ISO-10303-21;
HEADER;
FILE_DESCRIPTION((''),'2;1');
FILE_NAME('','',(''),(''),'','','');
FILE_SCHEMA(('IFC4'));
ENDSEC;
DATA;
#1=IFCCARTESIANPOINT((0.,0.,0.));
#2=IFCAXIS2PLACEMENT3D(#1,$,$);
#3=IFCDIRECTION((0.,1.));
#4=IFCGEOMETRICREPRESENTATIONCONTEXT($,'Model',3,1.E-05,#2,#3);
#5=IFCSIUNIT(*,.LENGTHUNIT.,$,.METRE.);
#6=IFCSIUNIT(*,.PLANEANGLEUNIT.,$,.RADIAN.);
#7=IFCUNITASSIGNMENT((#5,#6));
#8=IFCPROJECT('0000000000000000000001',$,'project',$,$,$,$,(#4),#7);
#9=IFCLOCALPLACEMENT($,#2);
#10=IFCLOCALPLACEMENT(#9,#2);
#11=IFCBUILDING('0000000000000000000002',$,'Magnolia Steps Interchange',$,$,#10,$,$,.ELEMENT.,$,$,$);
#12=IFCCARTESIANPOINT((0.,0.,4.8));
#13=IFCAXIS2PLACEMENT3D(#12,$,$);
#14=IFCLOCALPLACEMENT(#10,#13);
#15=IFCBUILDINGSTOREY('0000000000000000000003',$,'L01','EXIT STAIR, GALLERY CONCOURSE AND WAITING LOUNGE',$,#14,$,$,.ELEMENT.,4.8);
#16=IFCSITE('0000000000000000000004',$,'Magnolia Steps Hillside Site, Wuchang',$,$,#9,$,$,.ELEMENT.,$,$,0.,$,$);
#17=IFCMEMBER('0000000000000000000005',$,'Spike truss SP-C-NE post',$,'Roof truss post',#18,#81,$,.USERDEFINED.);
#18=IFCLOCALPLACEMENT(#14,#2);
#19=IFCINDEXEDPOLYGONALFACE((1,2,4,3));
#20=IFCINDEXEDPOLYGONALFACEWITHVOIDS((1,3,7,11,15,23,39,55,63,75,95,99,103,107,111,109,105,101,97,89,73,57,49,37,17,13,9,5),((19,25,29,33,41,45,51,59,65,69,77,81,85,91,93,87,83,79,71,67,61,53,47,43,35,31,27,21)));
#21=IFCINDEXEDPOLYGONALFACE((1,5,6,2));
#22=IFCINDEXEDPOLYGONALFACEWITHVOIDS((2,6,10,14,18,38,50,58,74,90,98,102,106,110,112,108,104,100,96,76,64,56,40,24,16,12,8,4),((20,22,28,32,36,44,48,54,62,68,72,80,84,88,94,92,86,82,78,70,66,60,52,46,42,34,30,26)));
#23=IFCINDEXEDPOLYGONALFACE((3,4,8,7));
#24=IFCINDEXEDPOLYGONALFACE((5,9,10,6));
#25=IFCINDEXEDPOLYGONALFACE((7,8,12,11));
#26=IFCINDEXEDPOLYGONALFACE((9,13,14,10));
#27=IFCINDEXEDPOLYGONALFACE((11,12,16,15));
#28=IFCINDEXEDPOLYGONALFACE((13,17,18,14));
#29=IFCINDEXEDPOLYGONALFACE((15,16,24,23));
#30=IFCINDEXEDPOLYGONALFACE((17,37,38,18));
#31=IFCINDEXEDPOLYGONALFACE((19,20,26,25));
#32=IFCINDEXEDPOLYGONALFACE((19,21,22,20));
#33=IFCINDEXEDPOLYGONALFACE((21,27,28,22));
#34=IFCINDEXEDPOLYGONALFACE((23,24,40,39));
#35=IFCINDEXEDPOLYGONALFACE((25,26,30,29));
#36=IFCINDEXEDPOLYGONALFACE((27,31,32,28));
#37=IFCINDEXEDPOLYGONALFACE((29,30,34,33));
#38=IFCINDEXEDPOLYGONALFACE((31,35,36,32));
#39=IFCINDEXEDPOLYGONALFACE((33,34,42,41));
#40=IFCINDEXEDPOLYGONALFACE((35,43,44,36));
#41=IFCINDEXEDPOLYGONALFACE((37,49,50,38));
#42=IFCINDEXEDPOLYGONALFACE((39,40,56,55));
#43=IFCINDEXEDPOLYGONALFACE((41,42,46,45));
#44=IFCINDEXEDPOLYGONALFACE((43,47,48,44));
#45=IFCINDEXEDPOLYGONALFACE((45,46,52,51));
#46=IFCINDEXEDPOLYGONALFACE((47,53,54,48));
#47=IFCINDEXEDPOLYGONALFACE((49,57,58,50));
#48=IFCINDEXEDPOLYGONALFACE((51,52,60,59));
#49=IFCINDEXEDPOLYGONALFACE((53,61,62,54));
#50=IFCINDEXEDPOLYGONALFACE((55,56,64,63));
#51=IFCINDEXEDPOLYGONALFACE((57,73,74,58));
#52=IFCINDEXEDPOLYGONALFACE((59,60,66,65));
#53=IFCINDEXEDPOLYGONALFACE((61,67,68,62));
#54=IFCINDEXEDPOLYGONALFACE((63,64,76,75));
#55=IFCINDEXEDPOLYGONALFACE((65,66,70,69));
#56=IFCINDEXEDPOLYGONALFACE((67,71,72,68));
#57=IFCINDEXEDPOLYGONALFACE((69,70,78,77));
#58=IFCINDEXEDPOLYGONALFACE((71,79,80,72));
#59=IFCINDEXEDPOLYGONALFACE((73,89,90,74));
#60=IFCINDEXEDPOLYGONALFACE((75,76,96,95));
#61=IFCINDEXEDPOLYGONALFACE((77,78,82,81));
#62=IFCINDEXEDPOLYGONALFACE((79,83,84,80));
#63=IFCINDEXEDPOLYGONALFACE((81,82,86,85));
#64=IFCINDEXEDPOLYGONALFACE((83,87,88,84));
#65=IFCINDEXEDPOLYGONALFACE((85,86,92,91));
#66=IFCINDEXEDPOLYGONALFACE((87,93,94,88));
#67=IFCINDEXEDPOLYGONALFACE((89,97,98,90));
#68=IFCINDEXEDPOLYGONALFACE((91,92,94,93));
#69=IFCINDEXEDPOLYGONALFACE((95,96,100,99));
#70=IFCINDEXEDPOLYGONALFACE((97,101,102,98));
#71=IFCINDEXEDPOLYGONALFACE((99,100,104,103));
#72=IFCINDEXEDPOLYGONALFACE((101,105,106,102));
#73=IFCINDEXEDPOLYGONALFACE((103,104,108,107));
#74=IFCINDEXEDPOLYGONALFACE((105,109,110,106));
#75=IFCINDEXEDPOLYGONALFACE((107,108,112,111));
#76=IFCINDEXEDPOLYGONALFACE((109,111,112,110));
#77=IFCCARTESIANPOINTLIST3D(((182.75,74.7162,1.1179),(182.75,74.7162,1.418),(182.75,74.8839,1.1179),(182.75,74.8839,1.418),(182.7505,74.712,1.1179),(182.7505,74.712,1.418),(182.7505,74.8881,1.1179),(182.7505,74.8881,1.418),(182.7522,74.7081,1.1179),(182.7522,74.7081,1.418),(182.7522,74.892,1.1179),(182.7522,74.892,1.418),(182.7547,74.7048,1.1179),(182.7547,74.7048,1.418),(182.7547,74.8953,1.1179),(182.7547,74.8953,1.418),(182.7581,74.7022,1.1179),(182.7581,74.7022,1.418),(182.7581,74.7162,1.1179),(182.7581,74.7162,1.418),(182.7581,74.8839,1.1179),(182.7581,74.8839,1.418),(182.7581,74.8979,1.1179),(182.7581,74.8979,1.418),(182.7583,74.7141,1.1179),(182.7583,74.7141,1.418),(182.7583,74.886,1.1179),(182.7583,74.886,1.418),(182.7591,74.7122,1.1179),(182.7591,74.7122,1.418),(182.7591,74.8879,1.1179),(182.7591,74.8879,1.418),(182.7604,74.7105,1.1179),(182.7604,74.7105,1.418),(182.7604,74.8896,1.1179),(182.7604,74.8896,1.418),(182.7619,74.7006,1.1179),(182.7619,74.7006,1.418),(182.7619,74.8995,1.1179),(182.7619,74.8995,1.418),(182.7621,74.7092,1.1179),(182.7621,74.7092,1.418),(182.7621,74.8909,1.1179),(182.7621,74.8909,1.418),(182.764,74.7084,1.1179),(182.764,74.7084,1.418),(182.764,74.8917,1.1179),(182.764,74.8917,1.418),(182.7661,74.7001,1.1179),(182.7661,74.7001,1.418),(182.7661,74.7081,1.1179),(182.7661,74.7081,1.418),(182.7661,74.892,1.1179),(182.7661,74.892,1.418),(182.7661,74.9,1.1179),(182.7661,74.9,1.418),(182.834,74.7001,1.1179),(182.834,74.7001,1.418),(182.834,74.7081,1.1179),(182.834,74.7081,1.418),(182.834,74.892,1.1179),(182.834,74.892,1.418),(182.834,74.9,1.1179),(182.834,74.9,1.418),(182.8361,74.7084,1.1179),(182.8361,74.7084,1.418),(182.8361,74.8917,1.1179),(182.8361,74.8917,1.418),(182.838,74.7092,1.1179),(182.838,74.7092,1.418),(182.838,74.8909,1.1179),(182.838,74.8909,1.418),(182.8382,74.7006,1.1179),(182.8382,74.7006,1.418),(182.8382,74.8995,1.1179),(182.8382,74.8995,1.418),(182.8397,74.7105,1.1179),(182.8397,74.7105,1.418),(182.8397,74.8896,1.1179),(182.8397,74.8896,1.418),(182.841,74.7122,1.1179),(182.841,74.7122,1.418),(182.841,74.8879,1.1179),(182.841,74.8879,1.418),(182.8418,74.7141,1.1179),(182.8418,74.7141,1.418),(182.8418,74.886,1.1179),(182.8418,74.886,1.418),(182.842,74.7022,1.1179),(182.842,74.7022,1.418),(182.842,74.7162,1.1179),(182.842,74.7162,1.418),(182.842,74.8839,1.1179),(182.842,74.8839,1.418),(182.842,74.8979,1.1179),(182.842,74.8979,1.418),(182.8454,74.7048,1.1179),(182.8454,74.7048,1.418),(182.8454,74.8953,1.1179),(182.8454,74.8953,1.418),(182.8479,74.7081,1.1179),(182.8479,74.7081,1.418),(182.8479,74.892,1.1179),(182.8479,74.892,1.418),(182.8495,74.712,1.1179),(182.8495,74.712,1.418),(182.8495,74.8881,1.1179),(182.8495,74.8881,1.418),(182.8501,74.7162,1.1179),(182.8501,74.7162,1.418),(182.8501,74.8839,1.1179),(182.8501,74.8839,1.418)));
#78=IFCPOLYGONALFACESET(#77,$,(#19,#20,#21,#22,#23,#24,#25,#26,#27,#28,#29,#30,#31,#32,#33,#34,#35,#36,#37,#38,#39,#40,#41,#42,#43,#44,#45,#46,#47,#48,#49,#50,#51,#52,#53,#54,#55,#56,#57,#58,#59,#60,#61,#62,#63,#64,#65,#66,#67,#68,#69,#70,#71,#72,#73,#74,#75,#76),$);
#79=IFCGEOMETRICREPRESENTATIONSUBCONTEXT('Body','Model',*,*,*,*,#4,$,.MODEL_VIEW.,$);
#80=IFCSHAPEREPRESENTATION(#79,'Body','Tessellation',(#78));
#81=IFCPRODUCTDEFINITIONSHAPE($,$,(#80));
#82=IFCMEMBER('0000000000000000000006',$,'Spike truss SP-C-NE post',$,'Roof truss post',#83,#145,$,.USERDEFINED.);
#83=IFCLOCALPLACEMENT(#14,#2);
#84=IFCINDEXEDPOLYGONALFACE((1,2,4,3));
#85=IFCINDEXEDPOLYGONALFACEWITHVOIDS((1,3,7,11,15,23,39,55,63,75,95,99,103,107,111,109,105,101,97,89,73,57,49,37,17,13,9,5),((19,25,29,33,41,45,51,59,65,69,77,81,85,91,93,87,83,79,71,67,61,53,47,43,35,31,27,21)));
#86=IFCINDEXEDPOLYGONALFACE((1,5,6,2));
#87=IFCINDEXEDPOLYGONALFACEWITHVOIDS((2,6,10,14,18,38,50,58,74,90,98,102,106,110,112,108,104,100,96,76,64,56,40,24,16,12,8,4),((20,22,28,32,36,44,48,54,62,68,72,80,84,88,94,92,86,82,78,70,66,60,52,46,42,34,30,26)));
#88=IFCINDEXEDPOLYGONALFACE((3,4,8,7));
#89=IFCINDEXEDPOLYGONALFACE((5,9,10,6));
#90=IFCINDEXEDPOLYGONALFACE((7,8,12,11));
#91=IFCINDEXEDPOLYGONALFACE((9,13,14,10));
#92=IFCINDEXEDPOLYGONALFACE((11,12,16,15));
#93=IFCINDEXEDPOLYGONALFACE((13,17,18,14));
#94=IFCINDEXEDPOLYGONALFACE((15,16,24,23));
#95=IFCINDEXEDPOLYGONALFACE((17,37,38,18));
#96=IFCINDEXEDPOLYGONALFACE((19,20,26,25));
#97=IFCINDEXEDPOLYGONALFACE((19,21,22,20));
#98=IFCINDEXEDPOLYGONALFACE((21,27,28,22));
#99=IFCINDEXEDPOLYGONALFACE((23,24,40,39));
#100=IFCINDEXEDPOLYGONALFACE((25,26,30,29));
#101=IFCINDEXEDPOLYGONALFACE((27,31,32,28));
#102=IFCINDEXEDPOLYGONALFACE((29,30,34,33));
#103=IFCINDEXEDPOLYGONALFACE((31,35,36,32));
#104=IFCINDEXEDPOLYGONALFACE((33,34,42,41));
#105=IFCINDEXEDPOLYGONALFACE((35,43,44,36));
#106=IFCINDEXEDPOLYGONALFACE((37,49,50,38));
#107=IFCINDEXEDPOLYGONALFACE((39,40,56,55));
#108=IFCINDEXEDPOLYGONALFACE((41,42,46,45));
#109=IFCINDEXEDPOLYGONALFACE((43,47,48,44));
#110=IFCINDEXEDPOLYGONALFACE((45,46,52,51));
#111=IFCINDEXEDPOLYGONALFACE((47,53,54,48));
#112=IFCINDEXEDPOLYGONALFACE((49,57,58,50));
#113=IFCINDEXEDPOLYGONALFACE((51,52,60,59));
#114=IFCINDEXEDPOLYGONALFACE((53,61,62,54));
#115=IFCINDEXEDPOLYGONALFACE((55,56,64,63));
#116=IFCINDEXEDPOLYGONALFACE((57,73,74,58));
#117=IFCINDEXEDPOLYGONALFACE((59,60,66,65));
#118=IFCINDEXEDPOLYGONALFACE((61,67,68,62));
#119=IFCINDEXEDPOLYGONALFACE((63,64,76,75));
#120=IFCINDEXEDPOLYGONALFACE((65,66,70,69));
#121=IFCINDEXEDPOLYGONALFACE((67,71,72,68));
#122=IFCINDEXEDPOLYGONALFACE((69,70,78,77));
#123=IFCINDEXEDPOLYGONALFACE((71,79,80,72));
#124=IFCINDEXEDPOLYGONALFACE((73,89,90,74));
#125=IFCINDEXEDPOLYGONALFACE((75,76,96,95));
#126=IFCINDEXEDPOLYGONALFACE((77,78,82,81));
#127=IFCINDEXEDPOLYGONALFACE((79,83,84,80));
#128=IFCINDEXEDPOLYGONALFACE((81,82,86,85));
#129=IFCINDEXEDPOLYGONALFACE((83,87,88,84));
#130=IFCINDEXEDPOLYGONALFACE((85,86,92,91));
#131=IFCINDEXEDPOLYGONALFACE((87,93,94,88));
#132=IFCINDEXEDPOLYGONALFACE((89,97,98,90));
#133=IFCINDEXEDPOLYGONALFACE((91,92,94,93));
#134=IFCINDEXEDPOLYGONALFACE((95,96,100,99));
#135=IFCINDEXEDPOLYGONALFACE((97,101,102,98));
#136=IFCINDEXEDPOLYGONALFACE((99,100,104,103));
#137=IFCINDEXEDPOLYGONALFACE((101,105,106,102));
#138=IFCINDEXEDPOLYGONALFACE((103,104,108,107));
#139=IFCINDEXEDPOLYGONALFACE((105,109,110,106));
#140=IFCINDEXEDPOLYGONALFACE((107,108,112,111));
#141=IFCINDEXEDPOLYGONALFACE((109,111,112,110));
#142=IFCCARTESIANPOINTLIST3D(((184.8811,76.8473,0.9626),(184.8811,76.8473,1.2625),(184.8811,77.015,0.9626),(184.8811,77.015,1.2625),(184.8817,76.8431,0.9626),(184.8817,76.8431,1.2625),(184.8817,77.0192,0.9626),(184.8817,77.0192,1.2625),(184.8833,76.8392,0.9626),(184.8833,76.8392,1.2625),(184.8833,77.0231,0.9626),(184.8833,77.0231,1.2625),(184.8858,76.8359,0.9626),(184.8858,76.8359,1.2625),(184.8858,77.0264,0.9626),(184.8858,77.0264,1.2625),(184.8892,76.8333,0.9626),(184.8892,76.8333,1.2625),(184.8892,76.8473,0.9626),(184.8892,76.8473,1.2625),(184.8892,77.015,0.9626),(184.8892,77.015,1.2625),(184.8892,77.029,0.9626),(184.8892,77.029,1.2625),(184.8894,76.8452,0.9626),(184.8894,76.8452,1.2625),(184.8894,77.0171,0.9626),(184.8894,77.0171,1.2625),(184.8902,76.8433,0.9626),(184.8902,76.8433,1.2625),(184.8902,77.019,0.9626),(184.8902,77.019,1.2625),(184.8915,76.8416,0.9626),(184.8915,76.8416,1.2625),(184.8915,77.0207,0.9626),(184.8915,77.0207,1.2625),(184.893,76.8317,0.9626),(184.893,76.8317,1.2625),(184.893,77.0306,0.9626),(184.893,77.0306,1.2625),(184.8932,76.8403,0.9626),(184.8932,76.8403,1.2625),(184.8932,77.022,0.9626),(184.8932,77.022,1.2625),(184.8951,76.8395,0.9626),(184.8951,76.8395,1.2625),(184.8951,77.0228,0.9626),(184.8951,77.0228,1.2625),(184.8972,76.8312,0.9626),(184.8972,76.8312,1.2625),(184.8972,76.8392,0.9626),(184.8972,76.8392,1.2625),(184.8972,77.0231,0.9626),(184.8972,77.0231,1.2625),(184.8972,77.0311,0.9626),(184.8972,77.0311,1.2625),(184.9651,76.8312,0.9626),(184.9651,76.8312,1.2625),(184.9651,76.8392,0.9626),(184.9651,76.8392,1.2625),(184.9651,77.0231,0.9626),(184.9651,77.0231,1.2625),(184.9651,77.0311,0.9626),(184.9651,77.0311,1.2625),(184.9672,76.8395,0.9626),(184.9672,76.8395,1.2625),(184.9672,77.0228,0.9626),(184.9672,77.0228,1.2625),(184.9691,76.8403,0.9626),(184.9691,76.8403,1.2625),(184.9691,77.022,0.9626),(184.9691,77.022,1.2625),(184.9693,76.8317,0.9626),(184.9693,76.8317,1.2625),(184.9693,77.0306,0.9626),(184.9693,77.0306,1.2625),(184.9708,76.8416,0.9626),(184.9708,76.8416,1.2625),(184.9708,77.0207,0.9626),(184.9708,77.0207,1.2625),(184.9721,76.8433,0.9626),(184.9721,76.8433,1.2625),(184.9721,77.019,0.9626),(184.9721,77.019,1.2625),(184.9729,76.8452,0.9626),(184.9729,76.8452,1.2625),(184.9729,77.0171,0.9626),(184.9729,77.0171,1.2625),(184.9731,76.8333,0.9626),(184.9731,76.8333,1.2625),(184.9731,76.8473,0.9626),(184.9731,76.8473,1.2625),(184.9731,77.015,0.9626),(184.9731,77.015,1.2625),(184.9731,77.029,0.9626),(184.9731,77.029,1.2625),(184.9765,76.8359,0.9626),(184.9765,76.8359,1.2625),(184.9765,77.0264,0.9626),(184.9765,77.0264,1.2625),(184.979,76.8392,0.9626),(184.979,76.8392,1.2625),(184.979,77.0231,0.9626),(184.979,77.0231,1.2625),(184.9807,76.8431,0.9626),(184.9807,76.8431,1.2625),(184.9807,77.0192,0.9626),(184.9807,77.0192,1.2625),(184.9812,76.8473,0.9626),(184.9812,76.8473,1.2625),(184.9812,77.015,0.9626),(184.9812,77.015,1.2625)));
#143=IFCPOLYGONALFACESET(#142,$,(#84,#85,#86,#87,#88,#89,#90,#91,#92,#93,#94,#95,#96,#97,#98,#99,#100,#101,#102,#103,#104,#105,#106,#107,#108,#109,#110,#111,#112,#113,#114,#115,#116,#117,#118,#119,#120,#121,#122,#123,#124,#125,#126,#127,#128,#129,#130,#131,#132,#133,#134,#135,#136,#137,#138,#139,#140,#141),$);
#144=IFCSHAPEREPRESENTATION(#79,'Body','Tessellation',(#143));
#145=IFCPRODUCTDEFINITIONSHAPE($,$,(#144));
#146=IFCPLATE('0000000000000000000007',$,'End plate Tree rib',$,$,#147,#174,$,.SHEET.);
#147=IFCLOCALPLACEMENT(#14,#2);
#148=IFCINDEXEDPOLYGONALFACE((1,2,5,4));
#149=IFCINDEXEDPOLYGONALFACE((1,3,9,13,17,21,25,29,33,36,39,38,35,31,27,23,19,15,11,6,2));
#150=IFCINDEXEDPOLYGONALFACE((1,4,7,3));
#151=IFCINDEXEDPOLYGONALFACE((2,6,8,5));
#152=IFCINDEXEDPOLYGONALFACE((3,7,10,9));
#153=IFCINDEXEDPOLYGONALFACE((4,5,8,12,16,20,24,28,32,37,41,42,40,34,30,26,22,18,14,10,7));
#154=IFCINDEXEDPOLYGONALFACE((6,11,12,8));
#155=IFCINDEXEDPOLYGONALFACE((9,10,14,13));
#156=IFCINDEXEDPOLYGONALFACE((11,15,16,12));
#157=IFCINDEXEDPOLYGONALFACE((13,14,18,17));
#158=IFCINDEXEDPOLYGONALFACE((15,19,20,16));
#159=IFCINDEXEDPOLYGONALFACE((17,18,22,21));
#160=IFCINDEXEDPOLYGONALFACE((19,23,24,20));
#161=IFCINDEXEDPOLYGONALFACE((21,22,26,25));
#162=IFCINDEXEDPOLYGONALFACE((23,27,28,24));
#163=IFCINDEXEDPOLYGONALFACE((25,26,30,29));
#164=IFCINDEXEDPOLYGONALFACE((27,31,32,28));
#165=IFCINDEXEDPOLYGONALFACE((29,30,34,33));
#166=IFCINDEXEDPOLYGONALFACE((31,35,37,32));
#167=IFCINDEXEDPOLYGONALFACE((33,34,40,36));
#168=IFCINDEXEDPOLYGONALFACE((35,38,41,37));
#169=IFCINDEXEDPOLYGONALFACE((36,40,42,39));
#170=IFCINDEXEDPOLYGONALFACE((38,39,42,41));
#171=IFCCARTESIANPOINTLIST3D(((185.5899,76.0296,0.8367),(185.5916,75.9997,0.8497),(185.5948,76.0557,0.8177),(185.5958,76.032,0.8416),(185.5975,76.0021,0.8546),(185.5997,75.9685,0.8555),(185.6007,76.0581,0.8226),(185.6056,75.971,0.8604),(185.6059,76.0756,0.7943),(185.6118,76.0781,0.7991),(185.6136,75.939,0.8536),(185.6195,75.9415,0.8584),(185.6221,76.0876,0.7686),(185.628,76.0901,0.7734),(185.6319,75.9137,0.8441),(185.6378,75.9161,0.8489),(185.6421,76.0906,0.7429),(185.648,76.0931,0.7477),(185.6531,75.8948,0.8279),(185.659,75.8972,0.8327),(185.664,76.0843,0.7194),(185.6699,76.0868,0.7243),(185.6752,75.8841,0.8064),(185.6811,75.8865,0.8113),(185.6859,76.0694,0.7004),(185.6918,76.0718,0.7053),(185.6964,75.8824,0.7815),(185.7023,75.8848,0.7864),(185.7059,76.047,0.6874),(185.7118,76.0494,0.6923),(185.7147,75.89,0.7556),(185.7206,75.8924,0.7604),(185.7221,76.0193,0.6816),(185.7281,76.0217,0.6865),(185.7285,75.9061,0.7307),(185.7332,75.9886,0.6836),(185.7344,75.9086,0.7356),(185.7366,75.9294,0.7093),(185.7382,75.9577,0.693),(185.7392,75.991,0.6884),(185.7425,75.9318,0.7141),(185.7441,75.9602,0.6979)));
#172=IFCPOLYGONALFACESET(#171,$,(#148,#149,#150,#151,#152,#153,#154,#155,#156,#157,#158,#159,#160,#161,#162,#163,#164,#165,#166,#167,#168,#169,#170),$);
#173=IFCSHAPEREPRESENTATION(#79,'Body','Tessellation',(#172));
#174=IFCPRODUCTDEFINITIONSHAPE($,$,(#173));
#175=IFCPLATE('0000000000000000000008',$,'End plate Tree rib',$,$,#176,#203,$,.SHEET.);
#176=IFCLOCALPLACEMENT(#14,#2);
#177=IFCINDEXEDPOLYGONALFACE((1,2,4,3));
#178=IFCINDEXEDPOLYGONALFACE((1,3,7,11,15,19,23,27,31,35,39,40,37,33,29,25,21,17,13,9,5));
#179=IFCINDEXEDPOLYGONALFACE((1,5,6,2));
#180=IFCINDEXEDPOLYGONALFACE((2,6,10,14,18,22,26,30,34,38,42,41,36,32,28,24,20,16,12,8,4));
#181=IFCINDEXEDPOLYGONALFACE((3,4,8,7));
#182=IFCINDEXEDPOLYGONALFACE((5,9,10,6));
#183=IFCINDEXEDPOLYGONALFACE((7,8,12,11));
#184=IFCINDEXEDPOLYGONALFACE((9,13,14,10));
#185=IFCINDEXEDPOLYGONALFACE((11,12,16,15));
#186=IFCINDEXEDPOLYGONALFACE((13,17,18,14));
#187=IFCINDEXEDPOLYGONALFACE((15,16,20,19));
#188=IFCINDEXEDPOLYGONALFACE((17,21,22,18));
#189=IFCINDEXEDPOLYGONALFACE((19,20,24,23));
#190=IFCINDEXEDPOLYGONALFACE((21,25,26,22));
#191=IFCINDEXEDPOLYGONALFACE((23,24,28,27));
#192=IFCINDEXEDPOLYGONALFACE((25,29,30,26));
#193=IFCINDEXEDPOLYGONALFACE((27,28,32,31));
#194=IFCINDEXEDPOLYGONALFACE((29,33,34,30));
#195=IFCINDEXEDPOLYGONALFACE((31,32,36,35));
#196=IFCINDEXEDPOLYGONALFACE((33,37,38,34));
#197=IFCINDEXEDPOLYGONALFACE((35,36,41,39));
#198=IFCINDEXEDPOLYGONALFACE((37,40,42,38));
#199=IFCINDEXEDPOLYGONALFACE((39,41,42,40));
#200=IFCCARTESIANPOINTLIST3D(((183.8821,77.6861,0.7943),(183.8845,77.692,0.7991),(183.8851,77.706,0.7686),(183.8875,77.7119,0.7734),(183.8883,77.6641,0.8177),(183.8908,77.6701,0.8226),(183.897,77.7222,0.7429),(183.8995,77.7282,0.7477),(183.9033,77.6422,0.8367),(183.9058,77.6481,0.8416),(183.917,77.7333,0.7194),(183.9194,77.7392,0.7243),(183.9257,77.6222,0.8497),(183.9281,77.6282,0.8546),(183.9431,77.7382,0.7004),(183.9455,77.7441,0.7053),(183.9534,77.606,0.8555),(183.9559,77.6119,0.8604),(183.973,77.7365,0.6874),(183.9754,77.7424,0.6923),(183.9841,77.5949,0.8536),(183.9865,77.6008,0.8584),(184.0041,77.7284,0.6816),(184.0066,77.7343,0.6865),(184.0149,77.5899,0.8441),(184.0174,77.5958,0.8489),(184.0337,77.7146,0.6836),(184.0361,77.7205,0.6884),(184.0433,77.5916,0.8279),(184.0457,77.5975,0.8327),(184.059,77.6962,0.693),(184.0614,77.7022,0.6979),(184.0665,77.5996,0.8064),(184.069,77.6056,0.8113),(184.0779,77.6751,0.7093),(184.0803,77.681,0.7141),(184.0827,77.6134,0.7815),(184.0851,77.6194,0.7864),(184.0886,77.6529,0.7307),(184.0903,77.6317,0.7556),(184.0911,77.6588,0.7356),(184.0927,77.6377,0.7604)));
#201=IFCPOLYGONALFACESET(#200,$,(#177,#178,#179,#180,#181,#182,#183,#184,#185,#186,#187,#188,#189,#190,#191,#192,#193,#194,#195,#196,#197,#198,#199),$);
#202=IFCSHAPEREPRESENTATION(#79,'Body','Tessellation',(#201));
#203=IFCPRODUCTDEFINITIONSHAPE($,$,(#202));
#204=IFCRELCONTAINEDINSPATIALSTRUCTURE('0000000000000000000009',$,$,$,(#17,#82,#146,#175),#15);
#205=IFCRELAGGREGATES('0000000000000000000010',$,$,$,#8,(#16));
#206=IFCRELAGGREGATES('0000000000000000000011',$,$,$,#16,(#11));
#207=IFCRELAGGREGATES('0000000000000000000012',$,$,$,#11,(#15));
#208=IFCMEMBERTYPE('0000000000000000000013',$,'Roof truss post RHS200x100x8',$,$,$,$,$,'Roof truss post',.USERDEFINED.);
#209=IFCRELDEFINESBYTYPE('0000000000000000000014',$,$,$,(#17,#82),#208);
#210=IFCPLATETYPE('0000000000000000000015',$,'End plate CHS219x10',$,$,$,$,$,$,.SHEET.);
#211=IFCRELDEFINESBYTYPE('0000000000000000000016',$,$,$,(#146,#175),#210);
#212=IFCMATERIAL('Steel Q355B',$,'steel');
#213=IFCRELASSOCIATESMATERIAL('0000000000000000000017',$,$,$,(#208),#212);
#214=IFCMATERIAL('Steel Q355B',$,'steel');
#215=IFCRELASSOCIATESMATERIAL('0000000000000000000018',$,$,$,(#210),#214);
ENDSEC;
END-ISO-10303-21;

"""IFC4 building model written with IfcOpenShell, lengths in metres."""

from ifc_helpers import new_model, si_unit, direction, frame, origin, origin_2d, place, context, subcontext, project, spatial, hollow_rectangle, circle, extrude, material, material_profile, profile_set, type_object, element, save


model = new_model("IFC4")

# Units and contexts
model_context = context("Model", 3, precision=1e-05, world=origin(), true_north=direction((0.0, 1.0)))
body_context = subcontext(model_context, "Body", "Model", "MODEL_VIEW")
ifc_project = project(units=[si_unit("LENGTHUNIT", "METRE"), si_unit("PLANEANGLEUNIT", "RADIAN")], contexts=[model_context])

# Site, building, storey
site_placement = place(None, origin())
site = spatial("IfcSite", under=ifc_project, at=site_placement, Name="Magnolia Steps Hillside Site, Wuchang", CompositionType="ELEMENT", RefElevation=0.0)
building_placement = place(site_placement, origin())
building = spatial("IfcBuilding", under=site, at=building_placement, Name="Magnolia Steps Interchange", CompositionType="ELEMENT")
storey_placement = place(building_placement, frame((0.0, 0.0, 4.8)))
storey = spatial("IfcBuildingStorey", under=building, at=storey_placement, Name="L01", Description="EXIT STAIR, GALLERY CONCOURSE AND WAITING LOUNGE", CompositionType="ELEMENT", Elevation=4.8)

# Members
ifc_material_1 = material(Name="Steel Q355B", Category="steel")
ifc_material_profile_1 = material_profile(ifc_material_1, hollow_rectangle(XDim=0.1001, YDim=0.2, WallThickness=0.0081, InnerFilletRadius=0.0081, OuterFilletRadius=0.0161, at=origin_2d()), Name="RHS200x100x8")
ifc_profile_set_1 = profile_set([ifc_material_profile_1], Name="Steel Q355B")
member_type_1 = type_object("IfcMemberType", Name="Roof truss post RHS200x100x8", ElementType="Roof truss post", PredefinedType="USERDEFINED", material=ifc_profile_set_1)
member_1_placement = place(storey_placement, frame((182.8, 74.8, 1.1179), z_axis=(0.0, 0.0, 1.0), x_axis=(1.0, 0.0, 0.0)))
element("IfcMember", 1, at=member_1_placement, inside=storey, type_object=member_type_1, Name="Spike truss SP-C-NE post", ObjectType="Roof truss post", PredefinedType="USERDEFINED", context=body_context, shape_type="SweptSolid", body=[
    extrude(hollow_rectangle(XDim=0.1001, YDim=0.2, WallThickness=0.0081, InnerFilletRadius=0.0081, OuterFilletRadius=0.0161, at=origin_2d()), origin(), (0.0, 0.0, 1.0), 0.3),
])
member_2_placement = place(storey_placement, frame((184.9312, 76.9312, 0.9626), z_axis=(0.0, 0.0, 1.0), x_axis=(1.0, 0.0, 0.0)))
element("IfcMember", 2, at=member_2_placement, inside=storey, type_object=member_type_1, Name="Spike truss SP-C-NE post", ObjectType="Roof truss post", PredefinedType="USERDEFINED", context=body_context, shape_type="SweptSolid", body=[
    extrude(hollow_rectangle(XDim=0.1001, YDim=0.2, WallThickness=0.0081, InnerFilletRadius=0.0081, OuterFilletRadius=0.0161, at=origin_2d()), origin(), (0.0, 0.0, 1.0), 0.2998),
])

# Plates
ifc_material_2 = material(Name="Steel Q355B", Category="steel")
ifc_material_profile_2 = material_profile(ifc_material_2, circle(Radius=0.1096, at=origin_2d()), Name="End plate CHS219x10")
ifc_profile_set_2 = profile_set([ifc_material_profile_2], Name="Steel Q355B")
plate_type_1 = type_object("IfcPlateType", Name="End plate CHS219x10", PredefinedType="SHEET", material=ifc_profile_set_2)
for number, where, z_axis, x_axis, name in (
    (3, (185.6641, 75.9863, 0.7686), (0.734831, 0.304377, 0.606117), (-0.382683, 0.92388, 0.0), "End plate Tree rib"),
    (4, (183.9863, 77.6641, 0.7686), (0.304377, 0.734831, 0.606117), (-0.92388, 0.382683, 0.0), "End plate Tree rib"),
):
    element("IfcPlate", number, at=place(storey_placement, frame(where, z_axis=z_axis, x_axis=x_axis)), inside=storey, type_object=plate_type_1, Name=name, PredefinedType="SHEET", context=body_context, shape_type="SweptSolid", body=[
        extrude(circle(Radius=0.1096, at=origin_2d()), origin(), (0.0, 0.0, 1.0), 0.0081),
    ])

save(model, "model.ifc")
